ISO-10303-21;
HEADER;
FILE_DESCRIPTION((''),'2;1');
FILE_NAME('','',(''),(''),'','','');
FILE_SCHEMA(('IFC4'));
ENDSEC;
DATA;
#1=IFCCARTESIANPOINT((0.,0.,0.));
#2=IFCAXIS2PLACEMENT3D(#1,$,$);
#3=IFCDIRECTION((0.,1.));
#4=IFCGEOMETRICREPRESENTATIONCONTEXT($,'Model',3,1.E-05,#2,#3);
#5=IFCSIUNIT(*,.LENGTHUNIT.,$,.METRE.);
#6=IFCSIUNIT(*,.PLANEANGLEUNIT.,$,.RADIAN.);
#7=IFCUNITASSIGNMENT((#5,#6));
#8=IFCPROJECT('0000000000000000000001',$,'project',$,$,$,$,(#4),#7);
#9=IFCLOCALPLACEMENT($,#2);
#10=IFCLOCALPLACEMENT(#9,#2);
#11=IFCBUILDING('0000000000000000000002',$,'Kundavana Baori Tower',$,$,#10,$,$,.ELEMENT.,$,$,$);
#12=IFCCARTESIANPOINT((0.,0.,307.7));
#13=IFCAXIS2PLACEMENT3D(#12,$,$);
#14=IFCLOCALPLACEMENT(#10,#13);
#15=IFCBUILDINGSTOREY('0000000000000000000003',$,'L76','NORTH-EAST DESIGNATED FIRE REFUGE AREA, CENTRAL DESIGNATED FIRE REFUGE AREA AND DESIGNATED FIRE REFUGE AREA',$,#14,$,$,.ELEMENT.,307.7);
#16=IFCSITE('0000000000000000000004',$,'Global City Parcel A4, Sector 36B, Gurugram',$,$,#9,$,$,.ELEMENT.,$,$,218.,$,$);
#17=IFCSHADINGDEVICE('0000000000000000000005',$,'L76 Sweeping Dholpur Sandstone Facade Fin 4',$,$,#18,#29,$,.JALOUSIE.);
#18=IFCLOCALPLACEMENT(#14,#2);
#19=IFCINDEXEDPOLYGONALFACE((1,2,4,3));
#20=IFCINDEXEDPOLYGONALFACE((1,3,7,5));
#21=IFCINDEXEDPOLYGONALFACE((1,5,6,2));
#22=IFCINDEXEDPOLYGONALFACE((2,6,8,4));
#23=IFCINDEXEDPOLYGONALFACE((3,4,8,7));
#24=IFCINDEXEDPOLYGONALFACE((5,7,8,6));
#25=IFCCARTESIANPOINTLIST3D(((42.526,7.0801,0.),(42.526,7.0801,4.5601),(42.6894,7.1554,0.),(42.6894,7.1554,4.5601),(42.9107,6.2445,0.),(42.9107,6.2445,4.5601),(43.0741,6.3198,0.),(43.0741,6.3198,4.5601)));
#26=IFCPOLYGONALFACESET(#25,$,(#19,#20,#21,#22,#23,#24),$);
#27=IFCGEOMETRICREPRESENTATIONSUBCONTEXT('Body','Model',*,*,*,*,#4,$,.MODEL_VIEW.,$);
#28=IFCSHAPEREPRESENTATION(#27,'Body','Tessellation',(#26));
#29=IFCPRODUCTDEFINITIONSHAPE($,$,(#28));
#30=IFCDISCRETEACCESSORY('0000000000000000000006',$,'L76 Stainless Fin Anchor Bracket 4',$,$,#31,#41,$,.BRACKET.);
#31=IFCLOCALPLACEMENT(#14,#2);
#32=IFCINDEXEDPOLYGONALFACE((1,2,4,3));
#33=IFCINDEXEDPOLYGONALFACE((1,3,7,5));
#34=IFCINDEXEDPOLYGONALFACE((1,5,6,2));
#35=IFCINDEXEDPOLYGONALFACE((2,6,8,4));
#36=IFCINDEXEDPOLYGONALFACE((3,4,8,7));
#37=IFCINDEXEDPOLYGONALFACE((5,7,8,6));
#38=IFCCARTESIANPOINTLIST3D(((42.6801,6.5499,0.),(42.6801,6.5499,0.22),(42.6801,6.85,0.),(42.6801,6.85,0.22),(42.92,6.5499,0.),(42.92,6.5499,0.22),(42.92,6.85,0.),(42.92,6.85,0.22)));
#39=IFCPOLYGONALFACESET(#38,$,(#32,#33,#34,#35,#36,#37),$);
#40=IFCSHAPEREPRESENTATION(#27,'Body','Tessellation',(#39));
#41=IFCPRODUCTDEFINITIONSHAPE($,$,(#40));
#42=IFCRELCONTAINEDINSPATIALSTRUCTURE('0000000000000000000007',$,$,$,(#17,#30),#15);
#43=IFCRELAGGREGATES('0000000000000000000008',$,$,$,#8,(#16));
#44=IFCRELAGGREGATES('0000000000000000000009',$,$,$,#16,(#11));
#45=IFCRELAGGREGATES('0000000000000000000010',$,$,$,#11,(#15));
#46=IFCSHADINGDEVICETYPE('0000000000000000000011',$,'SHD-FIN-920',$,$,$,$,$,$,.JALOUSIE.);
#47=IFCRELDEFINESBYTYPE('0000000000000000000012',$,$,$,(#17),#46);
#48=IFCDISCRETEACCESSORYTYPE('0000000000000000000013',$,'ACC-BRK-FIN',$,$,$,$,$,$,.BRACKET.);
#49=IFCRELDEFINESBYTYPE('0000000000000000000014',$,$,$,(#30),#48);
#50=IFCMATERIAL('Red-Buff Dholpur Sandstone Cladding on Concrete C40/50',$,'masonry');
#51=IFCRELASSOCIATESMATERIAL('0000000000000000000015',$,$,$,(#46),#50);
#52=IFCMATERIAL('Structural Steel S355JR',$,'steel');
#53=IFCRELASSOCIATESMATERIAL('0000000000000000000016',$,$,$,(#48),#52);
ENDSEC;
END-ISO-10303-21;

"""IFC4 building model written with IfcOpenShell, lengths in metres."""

from ifc_helpers import new_model, si_unit, direction, frame, origin, origin_2d, place, context, subcontext, project, spatial, rectangle, extrude, material, type_object, element, save


model = new_model("IFC4")

# Units and contexts
model_context = context("Model", 3, precision=1e-05, world=origin(), true_north=direction((0.0, 1.0)))
body_context = subcontext(model_context, "Body", "Model", "MODEL_VIEW")
ifc_project = project(units=[si_unit("LENGTHUNIT", "METRE"), si_unit("PLANEANGLEUNIT", "RADIAN")], contexts=[model_context])

# Site, building, storey
site_placement = place(None, origin())
site = spatial("IfcSite", under=ifc_project, at=site_placement, Name="Global City Parcel A4, Sector 36B, Gurugram", CompositionType="ELEMENT", RefElevation=218.0)
building_placement = place(site_placement, origin())
building = spatial("IfcBuilding", under=site, at=building_placement, Name="Kundavana Baori Tower", CompositionType="ELEMENT")
storey_placement = place(building_placement, frame((0.0, 0.0, 307.7)))
storey = spatial("IfcBuildingStorey", under=building, at=storey_placement, Name="L76", Description="NORTH-EAST DESIGNATED FIRE REFUGE AREA, CENTRAL DESIGNATED FIRE REFUGE AREA AND DESIGNATED FIRE REFUGE AREA", CompositionType="ELEMENT", Elevation=307.7)

# Shading device
ifc_material_1 = material(Name="Red-Buff Dholpur Sandstone Cladding on Concrete C40/50", Category="masonry")
shading_device_type = type_object("IfcShadingDeviceType", Name="SHD-FIN-920", PredefinedType="JALOUSIE", material=ifc_material_1)
shading_device_placement = place(storey_placement, frame((42.8, 6.7, 0.0), z_axis=(0.0, 0.0, 1.0), x_axis=(0.908362, 0.418184, 0.0)))
element("IfcShadingDevice", 1, at=shading_device_placement, inside=storey, type_object=shading_device_type, Name="L76 Sweeping Dholpur Sandstone Facade Fin 4", PredefinedType="JALOUSIE", context=body_context, shape_type="SweptSolid", body=[
    extrude(rectangle(XDim=0.1799, YDim=0.9199, at=origin_2d()), origin(), (0.0, 0.0, 1.0), 4.5601),
])

# Discrete accessory
ifc_material_2 = material(Name="Structural Steel S355JR", Category="steel")
discrete_accessory_type = type_object("IfcDiscreteAccessoryType", Name="ACC-BRK-FIN", PredefinedType="BRACKET", material=ifc_material_2)
discrete_accessory_placement = place(storey_placement, frame((42.8, 6.7, 0.0), z_axis=(0.0, 0.0, 1.0), x_axis=(1.0, 0.0, 0.0)))
element("IfcDiscreteAccessory", 2, at=discrete_accessory_placement, inside=storey, type_object=discrete_accessory_type, Name="L76 Stainless Fin Anchor Bracket 4", PredefinedType="BRACKET", context=body_context, shape_type="SweptSolid", body=[
    extrude(rectangle(XDim=0.24, YDim=0.3, at=origin_2d()), origin(), (0.0, 0.0, 1.0), 0.22),
])

save(model, "model.ifc")
